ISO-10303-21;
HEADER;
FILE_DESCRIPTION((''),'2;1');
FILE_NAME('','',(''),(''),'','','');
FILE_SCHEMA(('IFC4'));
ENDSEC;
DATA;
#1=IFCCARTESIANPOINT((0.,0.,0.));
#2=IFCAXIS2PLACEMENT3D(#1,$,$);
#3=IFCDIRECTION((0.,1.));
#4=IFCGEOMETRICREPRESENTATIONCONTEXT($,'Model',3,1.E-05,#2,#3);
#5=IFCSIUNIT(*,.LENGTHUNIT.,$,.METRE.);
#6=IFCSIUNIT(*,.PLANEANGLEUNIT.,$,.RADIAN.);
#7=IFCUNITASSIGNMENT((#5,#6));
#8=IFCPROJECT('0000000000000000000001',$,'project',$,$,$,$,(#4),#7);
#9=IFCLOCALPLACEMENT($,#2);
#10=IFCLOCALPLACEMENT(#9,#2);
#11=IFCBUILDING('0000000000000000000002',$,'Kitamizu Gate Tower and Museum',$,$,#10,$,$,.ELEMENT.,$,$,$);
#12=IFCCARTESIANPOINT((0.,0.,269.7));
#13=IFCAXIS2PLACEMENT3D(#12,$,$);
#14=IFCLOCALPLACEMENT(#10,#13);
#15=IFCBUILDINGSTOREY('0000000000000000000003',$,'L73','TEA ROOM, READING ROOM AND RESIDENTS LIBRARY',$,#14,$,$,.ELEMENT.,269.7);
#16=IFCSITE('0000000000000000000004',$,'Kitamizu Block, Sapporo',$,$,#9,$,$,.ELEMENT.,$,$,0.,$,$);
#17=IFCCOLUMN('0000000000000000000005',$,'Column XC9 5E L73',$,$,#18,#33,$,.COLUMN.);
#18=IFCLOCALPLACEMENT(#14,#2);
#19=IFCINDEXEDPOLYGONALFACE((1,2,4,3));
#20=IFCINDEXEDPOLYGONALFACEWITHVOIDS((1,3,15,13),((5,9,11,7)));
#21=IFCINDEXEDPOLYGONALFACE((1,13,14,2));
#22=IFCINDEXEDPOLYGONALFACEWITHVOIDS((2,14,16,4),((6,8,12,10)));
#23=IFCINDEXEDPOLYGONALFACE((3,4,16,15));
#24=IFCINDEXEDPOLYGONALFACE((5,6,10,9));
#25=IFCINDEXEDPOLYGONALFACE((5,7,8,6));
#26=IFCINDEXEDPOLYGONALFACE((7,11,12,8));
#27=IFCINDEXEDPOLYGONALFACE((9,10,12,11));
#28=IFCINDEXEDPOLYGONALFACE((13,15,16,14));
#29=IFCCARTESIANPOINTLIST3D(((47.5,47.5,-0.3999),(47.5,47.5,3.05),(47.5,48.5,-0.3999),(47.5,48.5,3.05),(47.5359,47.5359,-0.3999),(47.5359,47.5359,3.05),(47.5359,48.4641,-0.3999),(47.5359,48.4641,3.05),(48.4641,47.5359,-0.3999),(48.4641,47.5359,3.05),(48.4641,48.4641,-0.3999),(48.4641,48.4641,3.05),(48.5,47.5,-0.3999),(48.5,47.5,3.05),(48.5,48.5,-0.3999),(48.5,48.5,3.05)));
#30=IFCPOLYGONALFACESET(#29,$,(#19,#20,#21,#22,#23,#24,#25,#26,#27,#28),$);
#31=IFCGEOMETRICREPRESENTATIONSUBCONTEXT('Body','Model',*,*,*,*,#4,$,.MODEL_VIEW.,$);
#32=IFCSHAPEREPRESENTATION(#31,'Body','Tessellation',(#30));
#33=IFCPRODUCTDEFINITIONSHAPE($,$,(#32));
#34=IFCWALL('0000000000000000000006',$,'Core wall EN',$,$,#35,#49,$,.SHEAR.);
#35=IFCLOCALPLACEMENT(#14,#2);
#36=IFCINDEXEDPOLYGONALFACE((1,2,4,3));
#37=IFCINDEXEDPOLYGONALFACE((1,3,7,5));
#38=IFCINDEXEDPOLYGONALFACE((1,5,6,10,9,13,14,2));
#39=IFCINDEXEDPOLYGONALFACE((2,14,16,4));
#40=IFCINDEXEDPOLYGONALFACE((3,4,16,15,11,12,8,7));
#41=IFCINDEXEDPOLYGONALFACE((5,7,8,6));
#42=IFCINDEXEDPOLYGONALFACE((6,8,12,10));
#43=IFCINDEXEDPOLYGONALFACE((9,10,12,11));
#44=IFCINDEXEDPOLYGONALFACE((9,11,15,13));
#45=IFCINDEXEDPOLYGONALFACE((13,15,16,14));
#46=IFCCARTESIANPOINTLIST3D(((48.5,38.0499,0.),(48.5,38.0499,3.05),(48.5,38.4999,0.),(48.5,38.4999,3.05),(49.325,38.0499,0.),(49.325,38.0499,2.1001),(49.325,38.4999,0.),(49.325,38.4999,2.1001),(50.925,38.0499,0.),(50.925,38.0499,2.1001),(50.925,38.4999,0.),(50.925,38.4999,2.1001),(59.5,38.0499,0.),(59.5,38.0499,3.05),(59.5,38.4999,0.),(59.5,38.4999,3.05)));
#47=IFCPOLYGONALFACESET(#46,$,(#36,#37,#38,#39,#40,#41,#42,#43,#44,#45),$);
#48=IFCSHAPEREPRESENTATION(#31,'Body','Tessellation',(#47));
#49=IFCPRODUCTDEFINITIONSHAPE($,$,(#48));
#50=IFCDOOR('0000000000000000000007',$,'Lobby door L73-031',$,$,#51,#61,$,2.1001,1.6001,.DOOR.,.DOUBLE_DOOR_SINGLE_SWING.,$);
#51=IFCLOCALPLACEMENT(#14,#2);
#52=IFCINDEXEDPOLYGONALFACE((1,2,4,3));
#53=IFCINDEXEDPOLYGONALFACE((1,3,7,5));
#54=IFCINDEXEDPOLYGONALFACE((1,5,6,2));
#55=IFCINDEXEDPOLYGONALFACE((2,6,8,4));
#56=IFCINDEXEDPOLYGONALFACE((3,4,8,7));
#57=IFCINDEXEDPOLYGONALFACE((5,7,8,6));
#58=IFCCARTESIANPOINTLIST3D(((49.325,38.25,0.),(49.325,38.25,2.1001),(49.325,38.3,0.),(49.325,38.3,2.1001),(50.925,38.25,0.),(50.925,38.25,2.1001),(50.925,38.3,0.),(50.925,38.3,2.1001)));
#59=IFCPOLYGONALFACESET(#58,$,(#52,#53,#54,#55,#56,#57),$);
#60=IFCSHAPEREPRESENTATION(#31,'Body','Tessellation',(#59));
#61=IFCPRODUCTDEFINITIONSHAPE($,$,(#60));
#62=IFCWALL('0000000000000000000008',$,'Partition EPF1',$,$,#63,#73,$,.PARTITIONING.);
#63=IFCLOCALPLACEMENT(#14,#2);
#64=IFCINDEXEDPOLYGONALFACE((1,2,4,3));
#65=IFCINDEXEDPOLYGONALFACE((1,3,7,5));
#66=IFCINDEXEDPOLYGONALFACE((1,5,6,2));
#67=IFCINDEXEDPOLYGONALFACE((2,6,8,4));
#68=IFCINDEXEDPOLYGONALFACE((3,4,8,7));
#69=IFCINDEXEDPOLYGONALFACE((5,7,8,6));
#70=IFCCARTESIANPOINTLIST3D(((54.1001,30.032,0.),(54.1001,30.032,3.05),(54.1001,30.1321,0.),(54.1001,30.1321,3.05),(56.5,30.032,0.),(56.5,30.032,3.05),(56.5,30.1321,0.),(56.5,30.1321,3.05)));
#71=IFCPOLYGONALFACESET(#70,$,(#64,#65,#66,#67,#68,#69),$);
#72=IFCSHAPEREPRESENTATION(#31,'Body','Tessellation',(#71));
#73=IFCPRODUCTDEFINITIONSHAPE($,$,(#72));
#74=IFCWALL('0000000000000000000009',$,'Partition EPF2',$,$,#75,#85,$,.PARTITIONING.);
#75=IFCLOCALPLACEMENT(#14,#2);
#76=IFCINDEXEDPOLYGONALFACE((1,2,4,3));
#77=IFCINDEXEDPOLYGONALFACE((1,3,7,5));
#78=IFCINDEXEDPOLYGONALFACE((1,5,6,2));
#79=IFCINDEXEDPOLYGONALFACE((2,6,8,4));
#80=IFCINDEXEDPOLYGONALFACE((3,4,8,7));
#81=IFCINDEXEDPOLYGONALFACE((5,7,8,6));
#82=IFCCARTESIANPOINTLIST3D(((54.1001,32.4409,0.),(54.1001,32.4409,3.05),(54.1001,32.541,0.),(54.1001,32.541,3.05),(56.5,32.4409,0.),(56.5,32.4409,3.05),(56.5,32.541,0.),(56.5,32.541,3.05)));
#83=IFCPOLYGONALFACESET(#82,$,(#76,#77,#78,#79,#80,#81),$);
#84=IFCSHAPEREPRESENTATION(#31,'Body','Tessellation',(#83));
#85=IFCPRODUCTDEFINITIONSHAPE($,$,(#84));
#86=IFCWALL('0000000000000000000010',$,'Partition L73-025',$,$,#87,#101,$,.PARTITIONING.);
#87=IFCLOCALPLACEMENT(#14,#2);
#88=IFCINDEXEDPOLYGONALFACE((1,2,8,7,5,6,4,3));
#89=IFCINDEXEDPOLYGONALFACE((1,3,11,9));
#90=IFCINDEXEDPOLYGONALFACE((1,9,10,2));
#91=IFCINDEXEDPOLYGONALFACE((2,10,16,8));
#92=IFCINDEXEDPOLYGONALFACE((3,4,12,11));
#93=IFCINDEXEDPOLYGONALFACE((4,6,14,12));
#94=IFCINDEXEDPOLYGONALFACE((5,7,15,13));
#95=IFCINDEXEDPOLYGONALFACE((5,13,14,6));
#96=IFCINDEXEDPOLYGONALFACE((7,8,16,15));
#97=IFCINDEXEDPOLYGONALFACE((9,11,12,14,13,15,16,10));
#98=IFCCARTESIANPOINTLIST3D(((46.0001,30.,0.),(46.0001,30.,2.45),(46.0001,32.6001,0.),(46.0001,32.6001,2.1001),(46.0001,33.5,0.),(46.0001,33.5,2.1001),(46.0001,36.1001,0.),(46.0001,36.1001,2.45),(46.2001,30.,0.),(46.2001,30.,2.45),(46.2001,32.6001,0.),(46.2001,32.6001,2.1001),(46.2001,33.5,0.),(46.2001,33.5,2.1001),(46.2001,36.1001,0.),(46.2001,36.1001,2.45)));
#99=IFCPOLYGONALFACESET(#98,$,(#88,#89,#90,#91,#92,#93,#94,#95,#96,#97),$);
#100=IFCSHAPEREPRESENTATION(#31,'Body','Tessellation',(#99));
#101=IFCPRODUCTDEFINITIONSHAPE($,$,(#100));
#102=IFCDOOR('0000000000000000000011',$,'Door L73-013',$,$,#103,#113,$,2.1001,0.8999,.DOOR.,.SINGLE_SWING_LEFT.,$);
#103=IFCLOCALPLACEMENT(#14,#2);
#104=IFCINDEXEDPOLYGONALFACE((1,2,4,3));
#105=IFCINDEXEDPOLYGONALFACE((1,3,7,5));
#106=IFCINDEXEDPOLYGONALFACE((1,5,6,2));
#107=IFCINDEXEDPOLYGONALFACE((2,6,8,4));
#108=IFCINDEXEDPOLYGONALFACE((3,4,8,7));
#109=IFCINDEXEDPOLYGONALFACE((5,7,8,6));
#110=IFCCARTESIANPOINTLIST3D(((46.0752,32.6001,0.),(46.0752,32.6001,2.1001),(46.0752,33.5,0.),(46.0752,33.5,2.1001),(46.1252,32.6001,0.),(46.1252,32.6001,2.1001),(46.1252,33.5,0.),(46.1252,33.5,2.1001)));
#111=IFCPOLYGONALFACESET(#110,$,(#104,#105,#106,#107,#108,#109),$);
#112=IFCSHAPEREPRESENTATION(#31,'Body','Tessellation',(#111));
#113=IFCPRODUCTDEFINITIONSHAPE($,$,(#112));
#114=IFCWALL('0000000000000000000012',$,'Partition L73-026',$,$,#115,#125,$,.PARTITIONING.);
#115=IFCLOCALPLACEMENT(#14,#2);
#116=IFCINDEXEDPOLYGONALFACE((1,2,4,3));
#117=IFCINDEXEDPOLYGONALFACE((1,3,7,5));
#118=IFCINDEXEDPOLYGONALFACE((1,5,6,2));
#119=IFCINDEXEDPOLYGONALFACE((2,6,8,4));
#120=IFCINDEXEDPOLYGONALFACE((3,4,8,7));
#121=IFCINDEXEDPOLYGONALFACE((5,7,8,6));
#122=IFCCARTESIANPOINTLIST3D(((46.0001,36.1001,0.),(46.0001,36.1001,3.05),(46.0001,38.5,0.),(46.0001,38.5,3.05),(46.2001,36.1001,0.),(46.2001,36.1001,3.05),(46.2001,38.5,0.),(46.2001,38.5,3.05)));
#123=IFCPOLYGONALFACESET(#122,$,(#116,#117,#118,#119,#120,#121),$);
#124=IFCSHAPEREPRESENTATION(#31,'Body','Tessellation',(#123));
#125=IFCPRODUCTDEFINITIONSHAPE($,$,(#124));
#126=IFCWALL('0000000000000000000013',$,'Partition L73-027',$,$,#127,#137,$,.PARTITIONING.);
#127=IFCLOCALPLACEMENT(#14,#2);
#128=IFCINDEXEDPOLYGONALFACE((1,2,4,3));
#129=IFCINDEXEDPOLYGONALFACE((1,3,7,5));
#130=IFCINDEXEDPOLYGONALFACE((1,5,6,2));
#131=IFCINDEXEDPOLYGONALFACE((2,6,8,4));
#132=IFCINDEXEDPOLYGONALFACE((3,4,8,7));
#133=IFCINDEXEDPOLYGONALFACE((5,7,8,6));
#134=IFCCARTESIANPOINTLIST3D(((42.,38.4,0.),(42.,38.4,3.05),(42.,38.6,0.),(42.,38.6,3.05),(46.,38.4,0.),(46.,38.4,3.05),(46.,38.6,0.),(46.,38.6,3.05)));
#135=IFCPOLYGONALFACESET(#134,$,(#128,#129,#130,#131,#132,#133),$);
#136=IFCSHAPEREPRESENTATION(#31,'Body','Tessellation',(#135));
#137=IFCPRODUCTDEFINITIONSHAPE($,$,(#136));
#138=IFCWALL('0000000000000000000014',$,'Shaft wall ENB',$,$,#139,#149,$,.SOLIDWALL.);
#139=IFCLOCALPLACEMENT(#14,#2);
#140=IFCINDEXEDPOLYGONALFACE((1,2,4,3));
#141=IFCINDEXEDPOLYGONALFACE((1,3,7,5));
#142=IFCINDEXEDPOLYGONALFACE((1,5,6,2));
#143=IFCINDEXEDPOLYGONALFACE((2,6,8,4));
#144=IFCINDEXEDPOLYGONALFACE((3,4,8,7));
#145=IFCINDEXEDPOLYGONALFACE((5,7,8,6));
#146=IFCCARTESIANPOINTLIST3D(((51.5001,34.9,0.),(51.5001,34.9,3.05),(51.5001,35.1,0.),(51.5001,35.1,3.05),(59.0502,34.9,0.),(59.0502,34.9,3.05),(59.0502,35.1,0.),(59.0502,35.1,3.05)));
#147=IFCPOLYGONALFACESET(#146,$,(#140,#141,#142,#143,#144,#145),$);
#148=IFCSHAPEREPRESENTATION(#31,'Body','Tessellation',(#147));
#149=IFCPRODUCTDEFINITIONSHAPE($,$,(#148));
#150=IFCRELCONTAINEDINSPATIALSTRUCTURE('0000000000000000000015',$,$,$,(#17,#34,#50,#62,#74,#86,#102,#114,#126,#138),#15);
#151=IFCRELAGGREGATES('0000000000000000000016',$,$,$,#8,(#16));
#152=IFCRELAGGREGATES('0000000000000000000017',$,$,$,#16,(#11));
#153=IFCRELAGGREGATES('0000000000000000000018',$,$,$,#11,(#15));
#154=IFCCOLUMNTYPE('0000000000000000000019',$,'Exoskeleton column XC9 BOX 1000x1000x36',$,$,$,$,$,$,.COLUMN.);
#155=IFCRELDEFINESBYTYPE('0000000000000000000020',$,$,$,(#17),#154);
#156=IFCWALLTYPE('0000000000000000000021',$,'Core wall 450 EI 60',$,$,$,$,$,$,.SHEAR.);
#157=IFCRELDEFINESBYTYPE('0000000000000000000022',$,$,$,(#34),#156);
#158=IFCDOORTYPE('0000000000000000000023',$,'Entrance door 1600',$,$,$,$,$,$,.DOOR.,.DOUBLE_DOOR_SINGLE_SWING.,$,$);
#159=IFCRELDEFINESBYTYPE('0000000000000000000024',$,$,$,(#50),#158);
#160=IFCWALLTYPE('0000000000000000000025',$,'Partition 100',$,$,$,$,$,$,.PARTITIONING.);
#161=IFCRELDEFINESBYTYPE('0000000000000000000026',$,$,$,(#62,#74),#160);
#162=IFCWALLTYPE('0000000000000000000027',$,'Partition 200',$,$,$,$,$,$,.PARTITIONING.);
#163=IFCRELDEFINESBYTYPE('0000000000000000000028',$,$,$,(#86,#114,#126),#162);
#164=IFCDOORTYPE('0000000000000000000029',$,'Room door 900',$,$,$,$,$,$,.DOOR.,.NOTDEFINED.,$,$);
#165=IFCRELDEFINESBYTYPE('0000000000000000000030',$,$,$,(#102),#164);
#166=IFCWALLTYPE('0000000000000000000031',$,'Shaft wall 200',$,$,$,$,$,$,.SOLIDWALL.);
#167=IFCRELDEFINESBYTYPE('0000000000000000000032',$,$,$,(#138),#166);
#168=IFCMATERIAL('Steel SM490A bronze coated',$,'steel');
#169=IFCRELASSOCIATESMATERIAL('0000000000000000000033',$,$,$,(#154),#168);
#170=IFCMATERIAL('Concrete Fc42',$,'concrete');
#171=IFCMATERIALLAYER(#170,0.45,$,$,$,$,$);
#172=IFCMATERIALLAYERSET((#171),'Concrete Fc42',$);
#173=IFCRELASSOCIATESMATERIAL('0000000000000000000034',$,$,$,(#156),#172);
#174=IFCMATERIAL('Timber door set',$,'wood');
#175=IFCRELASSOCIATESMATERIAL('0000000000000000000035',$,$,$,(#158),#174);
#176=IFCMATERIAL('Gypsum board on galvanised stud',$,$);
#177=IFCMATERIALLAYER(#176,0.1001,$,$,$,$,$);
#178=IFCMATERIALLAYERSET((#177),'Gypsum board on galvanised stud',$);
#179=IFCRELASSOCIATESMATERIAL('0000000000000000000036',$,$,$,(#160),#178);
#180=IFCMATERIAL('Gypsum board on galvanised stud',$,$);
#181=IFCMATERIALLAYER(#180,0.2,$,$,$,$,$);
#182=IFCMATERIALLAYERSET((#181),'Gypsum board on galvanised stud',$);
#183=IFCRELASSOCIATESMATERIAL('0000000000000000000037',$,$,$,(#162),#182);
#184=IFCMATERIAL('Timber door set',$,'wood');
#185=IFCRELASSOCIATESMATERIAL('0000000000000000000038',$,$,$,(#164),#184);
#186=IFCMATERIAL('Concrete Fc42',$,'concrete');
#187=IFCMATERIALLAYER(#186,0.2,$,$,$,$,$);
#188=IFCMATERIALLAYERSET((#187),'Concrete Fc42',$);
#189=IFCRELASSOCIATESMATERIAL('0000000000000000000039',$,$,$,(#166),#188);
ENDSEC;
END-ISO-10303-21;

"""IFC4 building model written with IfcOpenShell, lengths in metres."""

from ifc_helpers import new_model, si_unit, direction, frame, frame_2d, origin, origin_2d, place, context, subcontext, project, spatial, rectangle, hollow_rectangle, extrude, material, layer, layer_set, material_profile, profile_set, type_object, element, fill, save


model = new_model("IFC4")

# Units and contexts
model_context = context("Model", 3, precision=1e-05, world=origin(), true_north=direction((0.0, 1.0)))
body_context = subcontext(model_context, "Body", "Model", "MODEL_VIEW")
ifc_project = project(units=[si_unit("LENGTHUNIT", "METRE"), si_unit("PLANEANGLEUNIT", "RADIAN")], contexts=[model_context])

# Site, building, storey
site_placement = place(None, origin())
site = spatial("IfcSite", under=ifc_project, at=site_placement, Name="Kitamizu Block, Sapporo", CompositionType="ELEMENT", RefElevation=0.0)
building_placement = place(site_placement, origin())
building = spatial("IfcBuilding", under=site, at=building_placement, Name="Kitamizu Gate Tower and Museum", CompositionType="ELEMENT")
storey_placement = place(building_placement, frame((0.0, 0.0, 269.7)))
storey = spatial("IfcBuildingStorey", under=building, at=storey_placement, Name="L73", Description="TEA ROOM, READING ROOM AND RESIDENTS LIBRARY", CompositionType="ELEMENT", Elevation=269.7)

# Column
ifc_material_1 = material(Name="Steel SM490A bronze coated", Category="steel")
ifc_material_profile = material_profile(ifc_material_1, hollow_rectangle(XDim=1.0, YDim=1.0, WallThickness=0.0359, at=origin_2d()), Name="BOX 1000x1000x36")
ifc_profile_set = profile_set([ifc_material_profile], Name="Steel SM490A bronze coated")
column_type = type_object("IfcColumnType", Name="Exoskeleton column XC9 BOX 1000x1000x36", PredefinedType="COLUMN", material=ifc_profile_set)
column_placement = place(storey_placement, frame((48.0, 48.0, -0.3999), z_axis=(0.0, 0.0, 1.0), x_axis=(1.0, 0.0, 0.0)))
element("IfcColumn", 1, at=column_placement, inside=storey, type_object=column_type, Name="Column XC9 5E L73", PredefinedType="COLUMN", context=body_context, shape_type="SweptSolid", body=[
    extrude(hollow_rectangle(XDim=1.0, YDim=1.0, WallThickness=0.0359, at=origin_2d()), origin(), (0.0, 0.0, 1.0), 3.45),
])

# Wall, opening, door
ifc_material_2 = material(Name="Concrete Fc42", Category="concrete")
ifc_layer_1 = layer(ifc_material_2, 0.45)
ifc_layer_set_1 = layer_set([ifc_layer_1], Name="Concrete Fc42")
wall_type_1 = type_object("IfcWallType", Name="Core wall 450 EI 60", PredefinedType="SHEAR", material=ifc_layer_set_1)
wall_1_placement = place(storey_placement, frame((59.5, 38.2749, 0.0), z_axis=(0.0, 0.0, 1.0), x_axis=(-1.0, 0.0, 0.0)))
wall_1 = element("IfcWall", 2, at=wall_1_placement, inside=storey, type_object=wall_type_1, Name="Core wall EN", PredefinedType="SHEAR", context=body_context, shape_type="SweptSolid", body=[
    extrude(rectangle(XDim=11.0, YDim=0.45, at=frame_2d((5.5, 0.0))), origin(), (0.0, 0.0, 1.0), 3.05),
])
opening_1_placement = place(wall_1_placement, frame((8.575, 0.0, 0.0)))
opening_1 = element("IfcOpeningElement", 3, at=opening_1_placement, cuts=wall_1, PredefinedType="OPENING", context=body_context, shape_type="SweptSolid", body=[
    extrude(rectangle(XDim=1.6001, YDim=2.1001, at=frame_2d((0.8, 1.05))), frame((0.0, 0.2349, 0.0), z_axis=(0.0, -1.0, 0.0), x_axis=(1.0, 0.0, 0.0)), (0.0, 0.0, 1.0), 0.47),
])
ifc_material_3 = material(Name="Timber door set", Category="wood")
door_type_1 = type_object("IfcDoorType", Name="Entrance door 1600", OperationType="DOUBLE_DOOR_SINGLE_SWING", PredefinedType="DOOR", material=ifc_material_3)
door_1_placement = place(opening_1_placement, origin())
door_1 = element("IfcDoor", 4, at=door_1_placement, inside=storey, type_object=door_type_1, Name="Lobby door L73-031", OperationType="DOUBLE_DOOR_SINGLE_SWING", OverallHeight=2.1001, OverallWidth=1.6001, PredefinedType="DOOR", context=body_context, shape_type="SweptSolid", body=[
    extrude(rectangle(XDim=1.6001, YDim=2.1001, at=frame_2d((0.8, 1.05))), frame((0.0, 0.0249, 0.0), z_axis=(0.0, -1.0, 0.0), x_axis=(1.0, 0.0, 0.0)), (0.0, 0.0, 1.0), 0.05),
])
fill(opening_1, door_1)

# Walls
ifc_material_4 = material(Name="Gypsum board on galvanised stud")
ifc_layer_2 = layer(ifc_material_4, 0.1001)
ifc_layer_set_2 = layer_set([ifc_layer_2], Name="Gypsum board on galvanised stud")
wall_type_2 = type_object("IfcWallType", Name="Partition 100", PredefinedType="PARTITIONING", material=ifc_layer_set_2)
for number, where, z_axis, x_axis, name in (
    (5, (56.5, 30.082, 0.0), (0.0, 0.0, 1.0), (-1.0, 0.0, 0.0), "Partition EPF1"),
    (6, (56.5, 32.491, 0.0), (0.0, 0.0, 1.0), (-1.0, 0.0, 0.0), "Partition EPF2"),
):
    element("IfcWall", number, at=place(storey_placement, frame(where, z_axis=z_axis, x_axis=x_axis)), inside=storey, type_object=wall_type_2, Name=name, PredefinedType="PARTITIONING", context=body_context, shape_type="SweptSolid", body=[
        extrude(rectangle(XDim=2.3999, YDim=0.1001, at=frame_2d((1.2, 0.0))), origin(), (0.0, 0.0, 1.0), 3.05),
    ])

# Wall, opening, door
ifc_material_5 = material(Name="Gypsum board on galvanised stud")
ifc_layer_3 = layer(ifc_material_5, 0.2)
ifc_layer_set_3 = layer_set([ifc_layer_3], Name="Gypsum board on galvanised stud")
wall_type_3 = type_object("IfcWallType", Name="Partition 200", PredefinedType="PARTITIONING", material=ifc_layer_set_3)
wall_2_placement = place(storey_placement, frame((46.1001, 30.0, 0.0), z_axis=(0.0, 0.0, 1.0), x_axis=(0.0, 1.0, 0.0)))
wall_2 = element("IfcWall", 7, at=wall_2_placement, inside=storey, type_object=wall_type_3, Name="Partition L73-025", PredefinedType="PARTITIONING", context=body_context, shape_type="SweptSolid", body=[
    extrude(rectangle(XDim=6.1001, YDim=0.2, at=frame_2d((3.05, 0.0))), origin(), (0.0, 0.0, 1.0), 2.45),
])
opening_2_placement = place(wall_2_placement, frame((2.6001, 0.0, 0.0)))
opening_2 = element("IfcOpeningElement", 8, at=opening_2_placement, cuts=wall_2, PredefinedType="OPENING", context=body_context, shape_type="SweptSolid", body=[
    extrude(rectangle(XDim=0.8999, YDim=2.1001, at=frame_2d((0.45, 1.05))), frame((0.0, 0.1099, 0.0), z_axis=(0.0, -1.0, 0.0), x_axis=(1.0, 0.0, 0.0)), (0.0, 0.0, 1.0), 0.22),
])
ifc_material_6 = material(Name="Timber door set", Category="wood")
door_type_2 = type_object("IfcDoorType", Name="Room door 900", OperationType="NOTDEFINED", PredefinedType="DOOR", material=ifc_material_6)
door_2_placement = place(opening_2_placement, origin())
door_2 = element("IfcDoor", 9, at=door_2_placement, inside=storey, type_object=door_type_2, Name="Door L73-013", OperationType="SINGLE_SWING_LEFT", OverallHeight=2.1001, OverallWidth=0.8999, PredefinedType="DOOR", context=body_context, shape_type="SweptSolid", body=[
    extrude(rectangle(XDim=0.8999, YDim=2.1001, at=frame_2d((0.45, 1.05))), frame((0.0, 0.0249, 0.0), z_axis=(0.0, -1.0, 0.0), x_axis=(1.0, 0.0, 0.0)), (0.0, 0.0, 1.0), 0.05),
])
fill(opening_2, door_2)

# Walls
wall_3_placement = place(storey_placement, frame((46.1001, 36.1001, 0.0), z_axis=(0.0, 0.0, 1.0), x_axis=(0.0, 1.0, 0.0)))
element("IfcWall", 10, at=wall_3_placement, inside=storey, type_object=wall_type_3, Name="Partition L73-026", PredefinedType="PARTITIONING", context=body_context, shape_type="SweptSolid", body=[
    extrude(rectangle(XDim=2.3999, YDim=0.2, at=frame_2d((1.2, 0.0))), origin(), (0.0, 0.0, 1.0), 3.05),
])
wall_4_placement = place(storey_placement, frame((46.0, 38.5, 0.0), z_axis=(0.0, 0.0, 1.0), x_axis=(-1.0, 0.0, 0.0)))
element("IfcWall", 11, at=wall_4_placement, inside=storey, type_object=wall_type_3, Name="Partition L73-027", PredefinedType="PARTITIONING", context=body_context, shape_type="SweptSolid", body=[
    extrude(rectangle(XDim=4.0, YDim=0.2, at=frame_2d((2.0, 0.0))), origin(), (0.0, 0.0, 1.0), 3.05),
])
ifc_material_7 = material(Name="Concrete Fc42", Category="concrete")
ifc_layer_4 = layer(ifc_material_7, 0.2)
ifc_layer_set_4 = layer_set([ifc_layer_4], Name="Concrete Fc42")
wall_type_4 = type_object("IfcWallType", Name="Shaft wall 200", PredefinedType="SOLIDWALL", material=ifc_layer_set_4)
wall_5_placement = place(storey_placement, frame((59.05, 35.0, 0.0), z_axis=(0.0, 0.0, 1.0), x_axis=(-1.0, 0.0, 0.0)))
element("IfcWall", 12, at=wall_5_placement, inside=storey, type_object=wall_type_4, Name="Shaft wall ENB", PredefinedType="SOLIDWALL", context=body_context, shape_type="SweptSolid", body=[
    extrude(rectangle(XDim=7.55, YDim=0.2, at=frame_2d((3.7749, 0.0))), origin(), (0.0, 0.0, 1.0), 3.05),
])

save(model, "model.ifc")
